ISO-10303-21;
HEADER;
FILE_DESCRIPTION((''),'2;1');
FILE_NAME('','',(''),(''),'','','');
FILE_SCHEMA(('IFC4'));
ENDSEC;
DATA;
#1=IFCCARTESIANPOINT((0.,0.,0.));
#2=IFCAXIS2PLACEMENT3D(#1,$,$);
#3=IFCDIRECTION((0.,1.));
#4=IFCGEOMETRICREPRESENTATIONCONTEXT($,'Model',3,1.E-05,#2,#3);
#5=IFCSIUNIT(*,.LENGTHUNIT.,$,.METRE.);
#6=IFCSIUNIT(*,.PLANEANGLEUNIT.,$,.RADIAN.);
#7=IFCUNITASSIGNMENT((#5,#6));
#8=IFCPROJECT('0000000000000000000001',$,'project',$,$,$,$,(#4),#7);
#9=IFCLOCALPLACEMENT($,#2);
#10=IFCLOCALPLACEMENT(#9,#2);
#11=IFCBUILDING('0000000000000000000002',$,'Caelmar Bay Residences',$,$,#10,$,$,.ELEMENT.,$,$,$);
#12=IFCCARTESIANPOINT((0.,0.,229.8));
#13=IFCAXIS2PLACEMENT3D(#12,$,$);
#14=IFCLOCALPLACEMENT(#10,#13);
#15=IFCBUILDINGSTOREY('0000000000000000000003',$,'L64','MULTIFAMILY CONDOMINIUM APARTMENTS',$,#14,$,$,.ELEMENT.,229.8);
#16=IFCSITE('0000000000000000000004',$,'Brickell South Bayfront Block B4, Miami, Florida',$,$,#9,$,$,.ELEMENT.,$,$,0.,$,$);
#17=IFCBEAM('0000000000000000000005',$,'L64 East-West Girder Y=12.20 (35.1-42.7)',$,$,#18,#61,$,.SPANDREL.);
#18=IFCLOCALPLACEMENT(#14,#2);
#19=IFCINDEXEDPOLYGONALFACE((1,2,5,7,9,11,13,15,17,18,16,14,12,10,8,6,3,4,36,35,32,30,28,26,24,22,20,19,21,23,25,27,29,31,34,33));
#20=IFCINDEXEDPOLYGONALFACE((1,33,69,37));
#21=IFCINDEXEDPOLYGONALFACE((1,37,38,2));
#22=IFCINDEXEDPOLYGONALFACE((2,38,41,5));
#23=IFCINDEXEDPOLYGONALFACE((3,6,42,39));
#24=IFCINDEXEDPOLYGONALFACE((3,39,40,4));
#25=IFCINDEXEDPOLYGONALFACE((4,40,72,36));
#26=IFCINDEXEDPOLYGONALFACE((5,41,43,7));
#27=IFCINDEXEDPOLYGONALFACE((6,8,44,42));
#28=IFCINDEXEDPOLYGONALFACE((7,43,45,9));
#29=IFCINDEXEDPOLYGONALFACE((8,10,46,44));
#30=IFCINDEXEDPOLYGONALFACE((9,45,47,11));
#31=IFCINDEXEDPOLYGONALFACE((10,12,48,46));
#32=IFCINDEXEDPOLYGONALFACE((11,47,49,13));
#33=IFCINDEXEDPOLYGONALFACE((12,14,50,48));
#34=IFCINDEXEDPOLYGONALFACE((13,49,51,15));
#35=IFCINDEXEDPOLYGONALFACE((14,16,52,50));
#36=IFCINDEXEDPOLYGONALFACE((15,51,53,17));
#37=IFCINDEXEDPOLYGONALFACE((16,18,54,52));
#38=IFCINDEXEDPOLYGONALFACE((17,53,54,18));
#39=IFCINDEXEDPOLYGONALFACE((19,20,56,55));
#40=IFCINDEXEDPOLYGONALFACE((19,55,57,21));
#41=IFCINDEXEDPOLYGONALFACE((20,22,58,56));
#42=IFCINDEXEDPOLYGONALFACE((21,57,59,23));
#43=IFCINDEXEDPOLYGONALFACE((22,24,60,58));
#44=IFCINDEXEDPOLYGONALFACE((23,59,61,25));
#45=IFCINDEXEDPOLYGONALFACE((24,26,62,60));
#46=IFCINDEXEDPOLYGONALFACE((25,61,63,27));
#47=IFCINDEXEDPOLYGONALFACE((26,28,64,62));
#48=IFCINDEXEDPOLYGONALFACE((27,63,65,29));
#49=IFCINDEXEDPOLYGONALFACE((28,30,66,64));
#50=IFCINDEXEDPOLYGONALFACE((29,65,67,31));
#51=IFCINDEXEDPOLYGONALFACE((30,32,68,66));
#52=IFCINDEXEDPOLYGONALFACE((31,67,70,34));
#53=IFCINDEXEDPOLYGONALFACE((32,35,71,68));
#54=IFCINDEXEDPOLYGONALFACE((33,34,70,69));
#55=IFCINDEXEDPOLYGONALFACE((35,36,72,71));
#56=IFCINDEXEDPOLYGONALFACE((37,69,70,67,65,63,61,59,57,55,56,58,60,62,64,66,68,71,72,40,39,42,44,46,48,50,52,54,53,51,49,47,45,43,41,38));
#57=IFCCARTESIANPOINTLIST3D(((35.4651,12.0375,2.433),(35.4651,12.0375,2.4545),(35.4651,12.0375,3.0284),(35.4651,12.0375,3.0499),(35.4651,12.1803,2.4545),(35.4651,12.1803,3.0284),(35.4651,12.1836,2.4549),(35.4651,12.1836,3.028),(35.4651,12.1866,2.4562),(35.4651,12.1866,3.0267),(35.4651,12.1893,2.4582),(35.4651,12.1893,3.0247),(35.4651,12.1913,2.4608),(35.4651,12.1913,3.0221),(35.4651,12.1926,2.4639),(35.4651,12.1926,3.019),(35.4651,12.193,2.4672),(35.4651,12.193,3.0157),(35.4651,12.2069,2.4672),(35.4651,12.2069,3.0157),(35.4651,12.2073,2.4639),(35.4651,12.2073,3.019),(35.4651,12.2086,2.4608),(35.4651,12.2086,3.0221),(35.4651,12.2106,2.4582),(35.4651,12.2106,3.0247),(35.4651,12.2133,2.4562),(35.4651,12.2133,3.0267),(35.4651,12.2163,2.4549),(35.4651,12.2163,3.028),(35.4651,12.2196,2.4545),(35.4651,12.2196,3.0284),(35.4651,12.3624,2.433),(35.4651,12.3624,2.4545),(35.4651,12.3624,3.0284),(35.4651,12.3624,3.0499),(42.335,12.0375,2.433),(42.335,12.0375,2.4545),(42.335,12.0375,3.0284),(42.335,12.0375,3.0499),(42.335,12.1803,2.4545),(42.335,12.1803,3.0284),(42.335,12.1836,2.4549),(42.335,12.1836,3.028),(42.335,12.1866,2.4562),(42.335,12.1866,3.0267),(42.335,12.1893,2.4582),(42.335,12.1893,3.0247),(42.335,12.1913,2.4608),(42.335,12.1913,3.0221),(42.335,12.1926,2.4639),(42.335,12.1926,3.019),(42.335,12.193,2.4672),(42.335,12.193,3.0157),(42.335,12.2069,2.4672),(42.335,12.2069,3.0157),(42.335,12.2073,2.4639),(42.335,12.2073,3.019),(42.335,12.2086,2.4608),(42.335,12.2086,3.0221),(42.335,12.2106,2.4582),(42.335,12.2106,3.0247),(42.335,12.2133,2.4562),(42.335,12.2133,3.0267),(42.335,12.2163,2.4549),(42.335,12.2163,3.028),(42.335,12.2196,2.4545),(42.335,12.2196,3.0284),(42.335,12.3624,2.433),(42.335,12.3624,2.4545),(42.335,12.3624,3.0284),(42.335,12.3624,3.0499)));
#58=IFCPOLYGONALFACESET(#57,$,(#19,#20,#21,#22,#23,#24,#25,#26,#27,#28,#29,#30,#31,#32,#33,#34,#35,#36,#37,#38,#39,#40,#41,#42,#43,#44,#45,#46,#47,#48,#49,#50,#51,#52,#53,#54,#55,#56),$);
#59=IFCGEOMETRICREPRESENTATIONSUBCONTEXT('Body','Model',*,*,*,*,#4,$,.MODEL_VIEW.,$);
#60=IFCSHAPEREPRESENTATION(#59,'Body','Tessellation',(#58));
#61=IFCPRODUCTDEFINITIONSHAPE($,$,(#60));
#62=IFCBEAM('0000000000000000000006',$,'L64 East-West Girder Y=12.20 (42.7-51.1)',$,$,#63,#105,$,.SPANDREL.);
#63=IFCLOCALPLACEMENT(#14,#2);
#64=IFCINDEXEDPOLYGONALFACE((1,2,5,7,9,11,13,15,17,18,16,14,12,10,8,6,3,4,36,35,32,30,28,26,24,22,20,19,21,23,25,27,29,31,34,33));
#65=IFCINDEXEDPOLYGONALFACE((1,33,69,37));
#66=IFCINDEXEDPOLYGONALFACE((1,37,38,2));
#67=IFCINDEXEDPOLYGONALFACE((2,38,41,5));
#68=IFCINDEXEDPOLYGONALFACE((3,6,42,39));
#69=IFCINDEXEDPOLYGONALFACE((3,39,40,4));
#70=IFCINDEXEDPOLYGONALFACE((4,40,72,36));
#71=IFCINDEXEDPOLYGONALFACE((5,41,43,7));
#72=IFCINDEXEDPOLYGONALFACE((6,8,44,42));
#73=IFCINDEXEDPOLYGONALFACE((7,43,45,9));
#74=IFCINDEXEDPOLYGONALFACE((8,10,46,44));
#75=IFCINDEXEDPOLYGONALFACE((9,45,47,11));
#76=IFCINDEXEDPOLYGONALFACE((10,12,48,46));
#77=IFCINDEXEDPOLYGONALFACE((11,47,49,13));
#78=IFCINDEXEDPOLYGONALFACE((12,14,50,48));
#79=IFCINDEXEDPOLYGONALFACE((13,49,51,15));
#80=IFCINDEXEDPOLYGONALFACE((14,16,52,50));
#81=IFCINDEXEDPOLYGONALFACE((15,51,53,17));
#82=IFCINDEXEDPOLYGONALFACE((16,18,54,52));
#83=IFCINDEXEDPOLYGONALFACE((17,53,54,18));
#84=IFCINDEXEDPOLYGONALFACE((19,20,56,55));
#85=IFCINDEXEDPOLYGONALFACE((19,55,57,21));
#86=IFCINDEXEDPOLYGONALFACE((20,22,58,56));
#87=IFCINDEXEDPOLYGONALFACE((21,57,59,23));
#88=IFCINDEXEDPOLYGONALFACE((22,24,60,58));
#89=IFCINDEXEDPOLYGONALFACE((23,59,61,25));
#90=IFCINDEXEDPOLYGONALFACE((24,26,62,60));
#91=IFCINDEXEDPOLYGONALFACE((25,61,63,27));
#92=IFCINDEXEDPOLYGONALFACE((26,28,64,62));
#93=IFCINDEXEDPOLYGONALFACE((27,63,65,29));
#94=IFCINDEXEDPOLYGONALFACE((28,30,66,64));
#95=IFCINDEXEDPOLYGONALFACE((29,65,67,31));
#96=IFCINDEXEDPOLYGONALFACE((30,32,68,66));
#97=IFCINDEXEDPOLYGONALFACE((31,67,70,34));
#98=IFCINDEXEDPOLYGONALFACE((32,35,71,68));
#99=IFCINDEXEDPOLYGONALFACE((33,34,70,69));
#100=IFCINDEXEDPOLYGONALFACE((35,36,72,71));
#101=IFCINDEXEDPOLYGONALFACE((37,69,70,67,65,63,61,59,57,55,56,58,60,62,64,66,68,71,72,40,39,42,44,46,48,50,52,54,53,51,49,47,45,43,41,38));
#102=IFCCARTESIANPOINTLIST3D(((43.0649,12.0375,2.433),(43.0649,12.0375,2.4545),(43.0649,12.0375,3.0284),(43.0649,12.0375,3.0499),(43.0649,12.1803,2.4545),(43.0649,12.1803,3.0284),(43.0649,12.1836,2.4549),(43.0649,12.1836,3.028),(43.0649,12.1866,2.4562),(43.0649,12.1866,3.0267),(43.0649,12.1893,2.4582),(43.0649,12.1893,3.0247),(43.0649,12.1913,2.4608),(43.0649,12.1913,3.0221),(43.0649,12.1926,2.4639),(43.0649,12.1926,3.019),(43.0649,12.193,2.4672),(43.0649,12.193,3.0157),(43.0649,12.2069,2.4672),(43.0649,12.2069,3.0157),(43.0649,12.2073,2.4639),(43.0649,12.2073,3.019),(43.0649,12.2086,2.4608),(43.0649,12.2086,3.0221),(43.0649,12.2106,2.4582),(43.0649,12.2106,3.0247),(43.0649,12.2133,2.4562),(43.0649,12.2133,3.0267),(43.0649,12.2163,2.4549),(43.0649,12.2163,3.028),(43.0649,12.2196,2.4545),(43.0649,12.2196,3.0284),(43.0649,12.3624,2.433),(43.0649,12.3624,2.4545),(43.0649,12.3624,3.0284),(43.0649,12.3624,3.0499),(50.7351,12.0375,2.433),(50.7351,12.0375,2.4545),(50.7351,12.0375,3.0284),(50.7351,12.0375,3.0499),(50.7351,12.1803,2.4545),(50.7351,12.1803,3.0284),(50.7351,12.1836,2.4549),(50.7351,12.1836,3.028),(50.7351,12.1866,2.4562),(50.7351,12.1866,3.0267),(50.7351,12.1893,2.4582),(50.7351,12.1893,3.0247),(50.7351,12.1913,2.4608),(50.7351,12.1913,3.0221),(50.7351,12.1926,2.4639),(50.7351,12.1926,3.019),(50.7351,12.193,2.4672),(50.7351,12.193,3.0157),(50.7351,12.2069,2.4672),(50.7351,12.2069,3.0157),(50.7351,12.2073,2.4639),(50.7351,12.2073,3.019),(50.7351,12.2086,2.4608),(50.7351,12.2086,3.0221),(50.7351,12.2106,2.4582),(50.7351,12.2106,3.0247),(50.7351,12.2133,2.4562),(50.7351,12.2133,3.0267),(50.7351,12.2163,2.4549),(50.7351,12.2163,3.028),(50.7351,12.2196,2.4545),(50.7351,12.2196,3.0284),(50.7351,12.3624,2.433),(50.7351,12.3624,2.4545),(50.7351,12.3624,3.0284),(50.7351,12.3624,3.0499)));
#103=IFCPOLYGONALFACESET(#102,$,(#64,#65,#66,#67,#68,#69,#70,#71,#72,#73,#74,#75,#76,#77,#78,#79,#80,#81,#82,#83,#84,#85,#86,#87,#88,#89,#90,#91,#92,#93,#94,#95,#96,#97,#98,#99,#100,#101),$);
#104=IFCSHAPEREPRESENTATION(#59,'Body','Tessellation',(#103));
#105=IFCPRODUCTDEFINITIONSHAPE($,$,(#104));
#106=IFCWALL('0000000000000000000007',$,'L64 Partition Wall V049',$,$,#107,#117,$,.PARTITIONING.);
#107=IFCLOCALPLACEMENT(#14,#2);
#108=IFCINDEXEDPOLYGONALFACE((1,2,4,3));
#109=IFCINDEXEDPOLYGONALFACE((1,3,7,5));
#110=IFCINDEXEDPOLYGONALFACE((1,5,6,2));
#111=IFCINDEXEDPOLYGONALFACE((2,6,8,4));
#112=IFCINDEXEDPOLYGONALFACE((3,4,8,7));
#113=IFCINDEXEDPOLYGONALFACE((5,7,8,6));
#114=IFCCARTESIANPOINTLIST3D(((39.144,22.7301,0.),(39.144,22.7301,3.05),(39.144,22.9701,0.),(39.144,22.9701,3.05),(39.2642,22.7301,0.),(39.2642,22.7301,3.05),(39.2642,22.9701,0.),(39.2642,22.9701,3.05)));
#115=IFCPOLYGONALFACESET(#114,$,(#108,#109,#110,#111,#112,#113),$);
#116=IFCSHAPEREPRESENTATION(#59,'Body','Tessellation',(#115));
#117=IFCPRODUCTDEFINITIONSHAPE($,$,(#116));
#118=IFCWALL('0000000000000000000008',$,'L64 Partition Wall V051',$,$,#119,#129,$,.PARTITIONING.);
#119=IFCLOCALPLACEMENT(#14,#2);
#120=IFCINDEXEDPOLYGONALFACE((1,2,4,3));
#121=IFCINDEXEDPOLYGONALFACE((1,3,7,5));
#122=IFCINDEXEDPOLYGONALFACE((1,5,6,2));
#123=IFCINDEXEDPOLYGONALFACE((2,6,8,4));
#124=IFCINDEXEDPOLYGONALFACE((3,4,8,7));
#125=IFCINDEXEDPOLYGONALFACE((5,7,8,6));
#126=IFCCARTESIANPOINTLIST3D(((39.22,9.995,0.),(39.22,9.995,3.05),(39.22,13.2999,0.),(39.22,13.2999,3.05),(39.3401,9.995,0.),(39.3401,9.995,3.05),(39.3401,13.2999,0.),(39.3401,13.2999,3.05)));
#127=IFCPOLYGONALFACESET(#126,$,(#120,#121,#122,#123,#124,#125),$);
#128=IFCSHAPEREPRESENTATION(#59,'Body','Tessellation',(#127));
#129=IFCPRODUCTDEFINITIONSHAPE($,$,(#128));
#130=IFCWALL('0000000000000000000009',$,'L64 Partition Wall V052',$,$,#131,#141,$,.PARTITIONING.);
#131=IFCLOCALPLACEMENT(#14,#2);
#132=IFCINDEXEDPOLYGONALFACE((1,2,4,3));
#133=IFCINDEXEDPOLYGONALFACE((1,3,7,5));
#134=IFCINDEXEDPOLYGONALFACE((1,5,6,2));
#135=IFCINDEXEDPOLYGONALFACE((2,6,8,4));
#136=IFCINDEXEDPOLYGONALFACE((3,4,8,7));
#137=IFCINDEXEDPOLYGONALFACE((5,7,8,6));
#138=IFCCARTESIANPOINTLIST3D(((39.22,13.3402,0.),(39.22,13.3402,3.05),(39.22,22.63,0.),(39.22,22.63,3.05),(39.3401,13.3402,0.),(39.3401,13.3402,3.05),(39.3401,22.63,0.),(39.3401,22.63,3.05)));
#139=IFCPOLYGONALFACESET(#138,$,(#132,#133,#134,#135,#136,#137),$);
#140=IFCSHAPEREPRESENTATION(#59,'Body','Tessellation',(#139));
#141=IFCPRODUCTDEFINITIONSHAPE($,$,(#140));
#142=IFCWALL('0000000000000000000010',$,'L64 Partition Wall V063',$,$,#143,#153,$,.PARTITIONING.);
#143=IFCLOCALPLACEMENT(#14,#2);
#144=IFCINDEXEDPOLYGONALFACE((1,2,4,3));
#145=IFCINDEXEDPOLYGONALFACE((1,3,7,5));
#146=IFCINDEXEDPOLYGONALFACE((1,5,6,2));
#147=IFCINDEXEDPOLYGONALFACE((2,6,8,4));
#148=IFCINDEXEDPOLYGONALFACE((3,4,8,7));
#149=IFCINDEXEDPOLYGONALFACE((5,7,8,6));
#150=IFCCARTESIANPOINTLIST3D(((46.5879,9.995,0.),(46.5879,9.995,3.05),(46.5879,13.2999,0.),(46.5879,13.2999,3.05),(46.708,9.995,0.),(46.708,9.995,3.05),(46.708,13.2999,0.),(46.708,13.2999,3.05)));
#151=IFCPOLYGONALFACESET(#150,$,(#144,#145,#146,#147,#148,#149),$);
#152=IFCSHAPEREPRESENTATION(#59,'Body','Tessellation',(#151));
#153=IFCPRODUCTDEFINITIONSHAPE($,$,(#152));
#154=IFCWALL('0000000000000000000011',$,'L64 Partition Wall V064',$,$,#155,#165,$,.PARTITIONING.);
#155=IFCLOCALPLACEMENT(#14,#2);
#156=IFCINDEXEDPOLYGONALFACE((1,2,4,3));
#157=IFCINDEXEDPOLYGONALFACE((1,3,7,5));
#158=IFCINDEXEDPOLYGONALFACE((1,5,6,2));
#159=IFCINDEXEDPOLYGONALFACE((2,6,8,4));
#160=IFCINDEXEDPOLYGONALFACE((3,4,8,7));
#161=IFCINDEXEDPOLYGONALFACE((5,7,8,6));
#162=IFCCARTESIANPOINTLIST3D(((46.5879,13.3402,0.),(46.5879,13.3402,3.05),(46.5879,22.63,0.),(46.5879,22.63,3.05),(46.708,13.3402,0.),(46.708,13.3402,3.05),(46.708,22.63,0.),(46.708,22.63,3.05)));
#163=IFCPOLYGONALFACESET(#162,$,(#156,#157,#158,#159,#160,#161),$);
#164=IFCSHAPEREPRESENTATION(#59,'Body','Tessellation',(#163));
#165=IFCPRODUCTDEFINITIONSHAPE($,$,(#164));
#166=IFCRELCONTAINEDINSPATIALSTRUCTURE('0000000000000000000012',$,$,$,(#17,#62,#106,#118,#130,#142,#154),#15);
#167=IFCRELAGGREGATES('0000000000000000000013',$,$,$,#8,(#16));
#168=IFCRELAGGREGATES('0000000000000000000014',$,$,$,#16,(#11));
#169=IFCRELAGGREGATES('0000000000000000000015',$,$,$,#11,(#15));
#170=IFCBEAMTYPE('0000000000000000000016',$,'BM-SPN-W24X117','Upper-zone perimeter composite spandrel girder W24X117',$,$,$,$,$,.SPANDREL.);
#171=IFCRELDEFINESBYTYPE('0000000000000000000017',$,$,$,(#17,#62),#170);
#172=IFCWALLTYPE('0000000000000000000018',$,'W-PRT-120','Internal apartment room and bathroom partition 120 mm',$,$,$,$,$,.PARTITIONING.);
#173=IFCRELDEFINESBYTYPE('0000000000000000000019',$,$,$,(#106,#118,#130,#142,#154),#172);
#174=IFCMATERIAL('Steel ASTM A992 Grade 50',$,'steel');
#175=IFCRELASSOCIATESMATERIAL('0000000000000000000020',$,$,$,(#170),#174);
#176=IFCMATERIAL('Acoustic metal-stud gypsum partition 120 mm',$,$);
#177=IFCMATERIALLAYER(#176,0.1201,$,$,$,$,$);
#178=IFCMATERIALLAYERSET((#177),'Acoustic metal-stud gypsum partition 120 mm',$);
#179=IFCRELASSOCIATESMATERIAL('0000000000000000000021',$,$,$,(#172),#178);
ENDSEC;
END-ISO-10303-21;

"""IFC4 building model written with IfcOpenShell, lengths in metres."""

from ifc_helpers import new_model, si_unit, direction, frame, frame_2d, origin, origin_2d, place, context, subcontext, project, spatial, rectangle, i_section, extrude, material, layer, layer_set, material_profile, profile_set, type_object, element, save


model = new_model("IFC4")

# Units and contexts
model_context = context("Model", 3, precision=1e-05, world=origin(), true_north=direction((0.0, 1.0)))
body_context = subcontext(model_context, "Body", "Model", "MODEL_VIEW")
ifc_project = project(units=[si_unit("LENGTHUNIT", "METRE"), si_unit("PLANEANGLEUNIT", "RADIAN")], contexts=[model_context])

# Site, building, storey
site_placement = place(None, origin())
site = spatial("IfcSite", under=ifc_project, at=site_placement, Name="Brickell South Bayfront Block B4, Miami, Florida", CompositionType="ELEMENT", RefElevation=0.0)
building_placement = place(site_placement, origin())
building = spatial("IfcBuilding", under=site, at=building_placement, Name="Caelmar Bay Residences", CompositionType="ELEMENT")
storey_placement = place(building_placement, frame((0.0, 0.0, 229.8)))
storey = spatial("IfcBuildingStorey", under=building, at=storey_placement, Name="L64", Description="MULTIFAMILY CONDOMINIUM APARTMENTS", CompositionType="ELEMENT", Elevation=229.8)

# Beams
ifc_material_1 = material(Name="Steel ASTM A992 Grade 50", Category="steel")
ifc_material_profile_1 = material_profile(ifc_material_1, i_section(OverallWidth=0.325, OverallDepth=0.6169, WebThickness=0.0139, FlangeThickness=0.0215, FilletRadius=0.0127, at=origin_2d()), Name="W24X117")
ifc_profile_set_1 = profile_set([ifc_material_profile_1], Name="Steel ASTM A992 Grade 50")
beam_type_1 = type_object("IfcBeamType", Name="BM-SPN-W24X117", Description="Upper-zone perimeter composite spandrel girder W24X117", PredefinedType="SPANDREL", material=ifc_profile_set_1)
beam_1_placement = place(storey_placement, frame((35.4651, 12.2, 2.7415), z_axis=(1.0, 0.0, 0.0), x_axis=(0.0, 1.0, 0.0)))
element("IfcBeam", 1, at=beam_1_placement, inside=storey, type_object=beam_type_1, Name="L64 East-West Girder Y=12.20 (35.1-42.7)", PredefinedType="SPANDREL", context=body_context, shape_type="SweptSolid", body=[
    extrude(i_section(OverallWidth=0.325, OverallDepth=0.6169, WebThickness=0.0139, FlangeThickness=0.0215, FilletRadius=0.0127, at=origin_2d()), origin(), (0.0, 0.0, 1.0), 6.8699),
])
beam_2_placement = place(storey_placement, frame((43.0649, 12.2, 2.7415), z_axis=(1.0, 0.0, 0.0), x_axis=(0.0, 1.0, 0.0)))
element("IfcBeam", 2, at=beam_2_placement, inside=storey, type_object=beam_type_1, Name="L64 East-West Girder Y=12.20 (42.7-51.1)", PredefinedType="SPANDREL", context=body_context, shape_type="SweptSolid", body=[
    extrude(i_section(OverallWidth=0.325, OverallDepth=0.6169, WebThickness=0.0139, FlangeThickness=0.0215, FilletRadius=0.0127, at=origin_2d()), origin(), (0.0, 0.0, 1.0), 7.6702),
])

# Walls
ifc_material_2 = material(Name="Acoustic metal-stud gypsum partition 120 mm")
ifc_layer_1 = layer(ifc_material_2, 0.1201)
ifc_layer_set_1 = layer_set([ifc_layer_1], Name="Acoustic metal-stud gypsum partition 120 mm")
wall_type_1 = type_object("IfcWallType", Name="W-PRT-120", Description="Internal apartment room and bathroom partition 120 mm", PredefinedType="PARTITIONING", material=ifc_layer_set_1)
wall_1_placement = place(storey_placement, frame((39.2041, 22.73, 0.0), z_axis=(0.0, 0.0, 1.0), x_axis=(0.0, 1.0, 0.0)))
element("IfcWall", 3, at=wall_1_placement, inside=storey, type_object=wall_type_1, Name="L64 Partition Wall V049", PredefinedType="PARTITIONING", context=body_context, shape_type="SweptSolid", body=[
    extrude(rectangle(XDim=0.24, YDim=0.1201, at=frame_2d((0.1201, 0.0))), origin(), (0.0, 0.0, 1.0), 3.05),
])
wall_2_placement = place(storey_placement, frame((39.28, 9.9951, 0.0), z_axis=(0.0, 0.0, 1.0), x_axis=(0.0, 1.0, 0.0)))
element("IfcWall", 4, at=wall_2_placement, inside=storey, type_object=wall_type_1, Name="L64 Partition Wall V051", PredefinedType="PARTITIONING", context=body_context, shape_type="SweptSolid", body=[
    extrude(rectangle(XDim=3.3049, YDim=0.1201, at=frame_2d((1.6523, 0.0))), origin(), (0.0, 0.0, 1.0), 3.05),
])
wall_3_placement = place(storey_placement, frame((39.28, 13.3401, 0.0), z_axis=(0.0, 0.0, 1.0), x_axis=(0.0, 1.0, 0.0)))
element("IfcWall", 5, at=wall_3_placement, inside=storey, type_object=wall_type_1, Name="L64 Partition Wall V052", PredefinedType="PARTITIONING", context=body_context, shape_type="SweptSolid", body=[
    extrude(rectangle(XDim=9.2898, YDim=0.1201, at=frame_2d((4.645, 0.0))), origin(), (0.0, 0.0, 1.0), 3.05),
])
wall_4_placement = place(storey_placement, frame((46.6479, 9.9951, 0.0), z_axis=(0.0, 0.0, 1.0), x_axis=(0.0, 1.0, 0.0)))
element("IfcWall", 6, at=wall_4_placement, inside=storey, type_object=wall_type_1, Name="L64 Partition Wall V063", PredefinedType="PARTITIONING", context=body_context, shape_type="SweptSolid", body=[
    extrude(rectangle(XDim=3.3049, YDim=0.1201, at=frame_2d((1.6523, 0.0))), origin(), (0.0, 0.0, 1.0), 3.05),
])
wall_5_placement = place(storey_placement, frame((46.6479, 13.3401, 0.0), z_axis=(0.0, 0.0, 1.0), x_axis=(0.0, 1.0, 0.0)))
element("IfcWall", 7, at=wall_5_placement, inside=storey, type_object=wall_type_1, Name="L64 Partition Wall V064", PredefinedType="PARTITIONING", context=body_context, shape_type="SweptSolid", body=[
    extrude(rectangle(XDim=9.2898, YDim=0.1201, at=frame_2d((4.645, 0.0))), origin(), (0.0, 0.0, 1.0), 3.05),
])

save(model, "model.ifc")
